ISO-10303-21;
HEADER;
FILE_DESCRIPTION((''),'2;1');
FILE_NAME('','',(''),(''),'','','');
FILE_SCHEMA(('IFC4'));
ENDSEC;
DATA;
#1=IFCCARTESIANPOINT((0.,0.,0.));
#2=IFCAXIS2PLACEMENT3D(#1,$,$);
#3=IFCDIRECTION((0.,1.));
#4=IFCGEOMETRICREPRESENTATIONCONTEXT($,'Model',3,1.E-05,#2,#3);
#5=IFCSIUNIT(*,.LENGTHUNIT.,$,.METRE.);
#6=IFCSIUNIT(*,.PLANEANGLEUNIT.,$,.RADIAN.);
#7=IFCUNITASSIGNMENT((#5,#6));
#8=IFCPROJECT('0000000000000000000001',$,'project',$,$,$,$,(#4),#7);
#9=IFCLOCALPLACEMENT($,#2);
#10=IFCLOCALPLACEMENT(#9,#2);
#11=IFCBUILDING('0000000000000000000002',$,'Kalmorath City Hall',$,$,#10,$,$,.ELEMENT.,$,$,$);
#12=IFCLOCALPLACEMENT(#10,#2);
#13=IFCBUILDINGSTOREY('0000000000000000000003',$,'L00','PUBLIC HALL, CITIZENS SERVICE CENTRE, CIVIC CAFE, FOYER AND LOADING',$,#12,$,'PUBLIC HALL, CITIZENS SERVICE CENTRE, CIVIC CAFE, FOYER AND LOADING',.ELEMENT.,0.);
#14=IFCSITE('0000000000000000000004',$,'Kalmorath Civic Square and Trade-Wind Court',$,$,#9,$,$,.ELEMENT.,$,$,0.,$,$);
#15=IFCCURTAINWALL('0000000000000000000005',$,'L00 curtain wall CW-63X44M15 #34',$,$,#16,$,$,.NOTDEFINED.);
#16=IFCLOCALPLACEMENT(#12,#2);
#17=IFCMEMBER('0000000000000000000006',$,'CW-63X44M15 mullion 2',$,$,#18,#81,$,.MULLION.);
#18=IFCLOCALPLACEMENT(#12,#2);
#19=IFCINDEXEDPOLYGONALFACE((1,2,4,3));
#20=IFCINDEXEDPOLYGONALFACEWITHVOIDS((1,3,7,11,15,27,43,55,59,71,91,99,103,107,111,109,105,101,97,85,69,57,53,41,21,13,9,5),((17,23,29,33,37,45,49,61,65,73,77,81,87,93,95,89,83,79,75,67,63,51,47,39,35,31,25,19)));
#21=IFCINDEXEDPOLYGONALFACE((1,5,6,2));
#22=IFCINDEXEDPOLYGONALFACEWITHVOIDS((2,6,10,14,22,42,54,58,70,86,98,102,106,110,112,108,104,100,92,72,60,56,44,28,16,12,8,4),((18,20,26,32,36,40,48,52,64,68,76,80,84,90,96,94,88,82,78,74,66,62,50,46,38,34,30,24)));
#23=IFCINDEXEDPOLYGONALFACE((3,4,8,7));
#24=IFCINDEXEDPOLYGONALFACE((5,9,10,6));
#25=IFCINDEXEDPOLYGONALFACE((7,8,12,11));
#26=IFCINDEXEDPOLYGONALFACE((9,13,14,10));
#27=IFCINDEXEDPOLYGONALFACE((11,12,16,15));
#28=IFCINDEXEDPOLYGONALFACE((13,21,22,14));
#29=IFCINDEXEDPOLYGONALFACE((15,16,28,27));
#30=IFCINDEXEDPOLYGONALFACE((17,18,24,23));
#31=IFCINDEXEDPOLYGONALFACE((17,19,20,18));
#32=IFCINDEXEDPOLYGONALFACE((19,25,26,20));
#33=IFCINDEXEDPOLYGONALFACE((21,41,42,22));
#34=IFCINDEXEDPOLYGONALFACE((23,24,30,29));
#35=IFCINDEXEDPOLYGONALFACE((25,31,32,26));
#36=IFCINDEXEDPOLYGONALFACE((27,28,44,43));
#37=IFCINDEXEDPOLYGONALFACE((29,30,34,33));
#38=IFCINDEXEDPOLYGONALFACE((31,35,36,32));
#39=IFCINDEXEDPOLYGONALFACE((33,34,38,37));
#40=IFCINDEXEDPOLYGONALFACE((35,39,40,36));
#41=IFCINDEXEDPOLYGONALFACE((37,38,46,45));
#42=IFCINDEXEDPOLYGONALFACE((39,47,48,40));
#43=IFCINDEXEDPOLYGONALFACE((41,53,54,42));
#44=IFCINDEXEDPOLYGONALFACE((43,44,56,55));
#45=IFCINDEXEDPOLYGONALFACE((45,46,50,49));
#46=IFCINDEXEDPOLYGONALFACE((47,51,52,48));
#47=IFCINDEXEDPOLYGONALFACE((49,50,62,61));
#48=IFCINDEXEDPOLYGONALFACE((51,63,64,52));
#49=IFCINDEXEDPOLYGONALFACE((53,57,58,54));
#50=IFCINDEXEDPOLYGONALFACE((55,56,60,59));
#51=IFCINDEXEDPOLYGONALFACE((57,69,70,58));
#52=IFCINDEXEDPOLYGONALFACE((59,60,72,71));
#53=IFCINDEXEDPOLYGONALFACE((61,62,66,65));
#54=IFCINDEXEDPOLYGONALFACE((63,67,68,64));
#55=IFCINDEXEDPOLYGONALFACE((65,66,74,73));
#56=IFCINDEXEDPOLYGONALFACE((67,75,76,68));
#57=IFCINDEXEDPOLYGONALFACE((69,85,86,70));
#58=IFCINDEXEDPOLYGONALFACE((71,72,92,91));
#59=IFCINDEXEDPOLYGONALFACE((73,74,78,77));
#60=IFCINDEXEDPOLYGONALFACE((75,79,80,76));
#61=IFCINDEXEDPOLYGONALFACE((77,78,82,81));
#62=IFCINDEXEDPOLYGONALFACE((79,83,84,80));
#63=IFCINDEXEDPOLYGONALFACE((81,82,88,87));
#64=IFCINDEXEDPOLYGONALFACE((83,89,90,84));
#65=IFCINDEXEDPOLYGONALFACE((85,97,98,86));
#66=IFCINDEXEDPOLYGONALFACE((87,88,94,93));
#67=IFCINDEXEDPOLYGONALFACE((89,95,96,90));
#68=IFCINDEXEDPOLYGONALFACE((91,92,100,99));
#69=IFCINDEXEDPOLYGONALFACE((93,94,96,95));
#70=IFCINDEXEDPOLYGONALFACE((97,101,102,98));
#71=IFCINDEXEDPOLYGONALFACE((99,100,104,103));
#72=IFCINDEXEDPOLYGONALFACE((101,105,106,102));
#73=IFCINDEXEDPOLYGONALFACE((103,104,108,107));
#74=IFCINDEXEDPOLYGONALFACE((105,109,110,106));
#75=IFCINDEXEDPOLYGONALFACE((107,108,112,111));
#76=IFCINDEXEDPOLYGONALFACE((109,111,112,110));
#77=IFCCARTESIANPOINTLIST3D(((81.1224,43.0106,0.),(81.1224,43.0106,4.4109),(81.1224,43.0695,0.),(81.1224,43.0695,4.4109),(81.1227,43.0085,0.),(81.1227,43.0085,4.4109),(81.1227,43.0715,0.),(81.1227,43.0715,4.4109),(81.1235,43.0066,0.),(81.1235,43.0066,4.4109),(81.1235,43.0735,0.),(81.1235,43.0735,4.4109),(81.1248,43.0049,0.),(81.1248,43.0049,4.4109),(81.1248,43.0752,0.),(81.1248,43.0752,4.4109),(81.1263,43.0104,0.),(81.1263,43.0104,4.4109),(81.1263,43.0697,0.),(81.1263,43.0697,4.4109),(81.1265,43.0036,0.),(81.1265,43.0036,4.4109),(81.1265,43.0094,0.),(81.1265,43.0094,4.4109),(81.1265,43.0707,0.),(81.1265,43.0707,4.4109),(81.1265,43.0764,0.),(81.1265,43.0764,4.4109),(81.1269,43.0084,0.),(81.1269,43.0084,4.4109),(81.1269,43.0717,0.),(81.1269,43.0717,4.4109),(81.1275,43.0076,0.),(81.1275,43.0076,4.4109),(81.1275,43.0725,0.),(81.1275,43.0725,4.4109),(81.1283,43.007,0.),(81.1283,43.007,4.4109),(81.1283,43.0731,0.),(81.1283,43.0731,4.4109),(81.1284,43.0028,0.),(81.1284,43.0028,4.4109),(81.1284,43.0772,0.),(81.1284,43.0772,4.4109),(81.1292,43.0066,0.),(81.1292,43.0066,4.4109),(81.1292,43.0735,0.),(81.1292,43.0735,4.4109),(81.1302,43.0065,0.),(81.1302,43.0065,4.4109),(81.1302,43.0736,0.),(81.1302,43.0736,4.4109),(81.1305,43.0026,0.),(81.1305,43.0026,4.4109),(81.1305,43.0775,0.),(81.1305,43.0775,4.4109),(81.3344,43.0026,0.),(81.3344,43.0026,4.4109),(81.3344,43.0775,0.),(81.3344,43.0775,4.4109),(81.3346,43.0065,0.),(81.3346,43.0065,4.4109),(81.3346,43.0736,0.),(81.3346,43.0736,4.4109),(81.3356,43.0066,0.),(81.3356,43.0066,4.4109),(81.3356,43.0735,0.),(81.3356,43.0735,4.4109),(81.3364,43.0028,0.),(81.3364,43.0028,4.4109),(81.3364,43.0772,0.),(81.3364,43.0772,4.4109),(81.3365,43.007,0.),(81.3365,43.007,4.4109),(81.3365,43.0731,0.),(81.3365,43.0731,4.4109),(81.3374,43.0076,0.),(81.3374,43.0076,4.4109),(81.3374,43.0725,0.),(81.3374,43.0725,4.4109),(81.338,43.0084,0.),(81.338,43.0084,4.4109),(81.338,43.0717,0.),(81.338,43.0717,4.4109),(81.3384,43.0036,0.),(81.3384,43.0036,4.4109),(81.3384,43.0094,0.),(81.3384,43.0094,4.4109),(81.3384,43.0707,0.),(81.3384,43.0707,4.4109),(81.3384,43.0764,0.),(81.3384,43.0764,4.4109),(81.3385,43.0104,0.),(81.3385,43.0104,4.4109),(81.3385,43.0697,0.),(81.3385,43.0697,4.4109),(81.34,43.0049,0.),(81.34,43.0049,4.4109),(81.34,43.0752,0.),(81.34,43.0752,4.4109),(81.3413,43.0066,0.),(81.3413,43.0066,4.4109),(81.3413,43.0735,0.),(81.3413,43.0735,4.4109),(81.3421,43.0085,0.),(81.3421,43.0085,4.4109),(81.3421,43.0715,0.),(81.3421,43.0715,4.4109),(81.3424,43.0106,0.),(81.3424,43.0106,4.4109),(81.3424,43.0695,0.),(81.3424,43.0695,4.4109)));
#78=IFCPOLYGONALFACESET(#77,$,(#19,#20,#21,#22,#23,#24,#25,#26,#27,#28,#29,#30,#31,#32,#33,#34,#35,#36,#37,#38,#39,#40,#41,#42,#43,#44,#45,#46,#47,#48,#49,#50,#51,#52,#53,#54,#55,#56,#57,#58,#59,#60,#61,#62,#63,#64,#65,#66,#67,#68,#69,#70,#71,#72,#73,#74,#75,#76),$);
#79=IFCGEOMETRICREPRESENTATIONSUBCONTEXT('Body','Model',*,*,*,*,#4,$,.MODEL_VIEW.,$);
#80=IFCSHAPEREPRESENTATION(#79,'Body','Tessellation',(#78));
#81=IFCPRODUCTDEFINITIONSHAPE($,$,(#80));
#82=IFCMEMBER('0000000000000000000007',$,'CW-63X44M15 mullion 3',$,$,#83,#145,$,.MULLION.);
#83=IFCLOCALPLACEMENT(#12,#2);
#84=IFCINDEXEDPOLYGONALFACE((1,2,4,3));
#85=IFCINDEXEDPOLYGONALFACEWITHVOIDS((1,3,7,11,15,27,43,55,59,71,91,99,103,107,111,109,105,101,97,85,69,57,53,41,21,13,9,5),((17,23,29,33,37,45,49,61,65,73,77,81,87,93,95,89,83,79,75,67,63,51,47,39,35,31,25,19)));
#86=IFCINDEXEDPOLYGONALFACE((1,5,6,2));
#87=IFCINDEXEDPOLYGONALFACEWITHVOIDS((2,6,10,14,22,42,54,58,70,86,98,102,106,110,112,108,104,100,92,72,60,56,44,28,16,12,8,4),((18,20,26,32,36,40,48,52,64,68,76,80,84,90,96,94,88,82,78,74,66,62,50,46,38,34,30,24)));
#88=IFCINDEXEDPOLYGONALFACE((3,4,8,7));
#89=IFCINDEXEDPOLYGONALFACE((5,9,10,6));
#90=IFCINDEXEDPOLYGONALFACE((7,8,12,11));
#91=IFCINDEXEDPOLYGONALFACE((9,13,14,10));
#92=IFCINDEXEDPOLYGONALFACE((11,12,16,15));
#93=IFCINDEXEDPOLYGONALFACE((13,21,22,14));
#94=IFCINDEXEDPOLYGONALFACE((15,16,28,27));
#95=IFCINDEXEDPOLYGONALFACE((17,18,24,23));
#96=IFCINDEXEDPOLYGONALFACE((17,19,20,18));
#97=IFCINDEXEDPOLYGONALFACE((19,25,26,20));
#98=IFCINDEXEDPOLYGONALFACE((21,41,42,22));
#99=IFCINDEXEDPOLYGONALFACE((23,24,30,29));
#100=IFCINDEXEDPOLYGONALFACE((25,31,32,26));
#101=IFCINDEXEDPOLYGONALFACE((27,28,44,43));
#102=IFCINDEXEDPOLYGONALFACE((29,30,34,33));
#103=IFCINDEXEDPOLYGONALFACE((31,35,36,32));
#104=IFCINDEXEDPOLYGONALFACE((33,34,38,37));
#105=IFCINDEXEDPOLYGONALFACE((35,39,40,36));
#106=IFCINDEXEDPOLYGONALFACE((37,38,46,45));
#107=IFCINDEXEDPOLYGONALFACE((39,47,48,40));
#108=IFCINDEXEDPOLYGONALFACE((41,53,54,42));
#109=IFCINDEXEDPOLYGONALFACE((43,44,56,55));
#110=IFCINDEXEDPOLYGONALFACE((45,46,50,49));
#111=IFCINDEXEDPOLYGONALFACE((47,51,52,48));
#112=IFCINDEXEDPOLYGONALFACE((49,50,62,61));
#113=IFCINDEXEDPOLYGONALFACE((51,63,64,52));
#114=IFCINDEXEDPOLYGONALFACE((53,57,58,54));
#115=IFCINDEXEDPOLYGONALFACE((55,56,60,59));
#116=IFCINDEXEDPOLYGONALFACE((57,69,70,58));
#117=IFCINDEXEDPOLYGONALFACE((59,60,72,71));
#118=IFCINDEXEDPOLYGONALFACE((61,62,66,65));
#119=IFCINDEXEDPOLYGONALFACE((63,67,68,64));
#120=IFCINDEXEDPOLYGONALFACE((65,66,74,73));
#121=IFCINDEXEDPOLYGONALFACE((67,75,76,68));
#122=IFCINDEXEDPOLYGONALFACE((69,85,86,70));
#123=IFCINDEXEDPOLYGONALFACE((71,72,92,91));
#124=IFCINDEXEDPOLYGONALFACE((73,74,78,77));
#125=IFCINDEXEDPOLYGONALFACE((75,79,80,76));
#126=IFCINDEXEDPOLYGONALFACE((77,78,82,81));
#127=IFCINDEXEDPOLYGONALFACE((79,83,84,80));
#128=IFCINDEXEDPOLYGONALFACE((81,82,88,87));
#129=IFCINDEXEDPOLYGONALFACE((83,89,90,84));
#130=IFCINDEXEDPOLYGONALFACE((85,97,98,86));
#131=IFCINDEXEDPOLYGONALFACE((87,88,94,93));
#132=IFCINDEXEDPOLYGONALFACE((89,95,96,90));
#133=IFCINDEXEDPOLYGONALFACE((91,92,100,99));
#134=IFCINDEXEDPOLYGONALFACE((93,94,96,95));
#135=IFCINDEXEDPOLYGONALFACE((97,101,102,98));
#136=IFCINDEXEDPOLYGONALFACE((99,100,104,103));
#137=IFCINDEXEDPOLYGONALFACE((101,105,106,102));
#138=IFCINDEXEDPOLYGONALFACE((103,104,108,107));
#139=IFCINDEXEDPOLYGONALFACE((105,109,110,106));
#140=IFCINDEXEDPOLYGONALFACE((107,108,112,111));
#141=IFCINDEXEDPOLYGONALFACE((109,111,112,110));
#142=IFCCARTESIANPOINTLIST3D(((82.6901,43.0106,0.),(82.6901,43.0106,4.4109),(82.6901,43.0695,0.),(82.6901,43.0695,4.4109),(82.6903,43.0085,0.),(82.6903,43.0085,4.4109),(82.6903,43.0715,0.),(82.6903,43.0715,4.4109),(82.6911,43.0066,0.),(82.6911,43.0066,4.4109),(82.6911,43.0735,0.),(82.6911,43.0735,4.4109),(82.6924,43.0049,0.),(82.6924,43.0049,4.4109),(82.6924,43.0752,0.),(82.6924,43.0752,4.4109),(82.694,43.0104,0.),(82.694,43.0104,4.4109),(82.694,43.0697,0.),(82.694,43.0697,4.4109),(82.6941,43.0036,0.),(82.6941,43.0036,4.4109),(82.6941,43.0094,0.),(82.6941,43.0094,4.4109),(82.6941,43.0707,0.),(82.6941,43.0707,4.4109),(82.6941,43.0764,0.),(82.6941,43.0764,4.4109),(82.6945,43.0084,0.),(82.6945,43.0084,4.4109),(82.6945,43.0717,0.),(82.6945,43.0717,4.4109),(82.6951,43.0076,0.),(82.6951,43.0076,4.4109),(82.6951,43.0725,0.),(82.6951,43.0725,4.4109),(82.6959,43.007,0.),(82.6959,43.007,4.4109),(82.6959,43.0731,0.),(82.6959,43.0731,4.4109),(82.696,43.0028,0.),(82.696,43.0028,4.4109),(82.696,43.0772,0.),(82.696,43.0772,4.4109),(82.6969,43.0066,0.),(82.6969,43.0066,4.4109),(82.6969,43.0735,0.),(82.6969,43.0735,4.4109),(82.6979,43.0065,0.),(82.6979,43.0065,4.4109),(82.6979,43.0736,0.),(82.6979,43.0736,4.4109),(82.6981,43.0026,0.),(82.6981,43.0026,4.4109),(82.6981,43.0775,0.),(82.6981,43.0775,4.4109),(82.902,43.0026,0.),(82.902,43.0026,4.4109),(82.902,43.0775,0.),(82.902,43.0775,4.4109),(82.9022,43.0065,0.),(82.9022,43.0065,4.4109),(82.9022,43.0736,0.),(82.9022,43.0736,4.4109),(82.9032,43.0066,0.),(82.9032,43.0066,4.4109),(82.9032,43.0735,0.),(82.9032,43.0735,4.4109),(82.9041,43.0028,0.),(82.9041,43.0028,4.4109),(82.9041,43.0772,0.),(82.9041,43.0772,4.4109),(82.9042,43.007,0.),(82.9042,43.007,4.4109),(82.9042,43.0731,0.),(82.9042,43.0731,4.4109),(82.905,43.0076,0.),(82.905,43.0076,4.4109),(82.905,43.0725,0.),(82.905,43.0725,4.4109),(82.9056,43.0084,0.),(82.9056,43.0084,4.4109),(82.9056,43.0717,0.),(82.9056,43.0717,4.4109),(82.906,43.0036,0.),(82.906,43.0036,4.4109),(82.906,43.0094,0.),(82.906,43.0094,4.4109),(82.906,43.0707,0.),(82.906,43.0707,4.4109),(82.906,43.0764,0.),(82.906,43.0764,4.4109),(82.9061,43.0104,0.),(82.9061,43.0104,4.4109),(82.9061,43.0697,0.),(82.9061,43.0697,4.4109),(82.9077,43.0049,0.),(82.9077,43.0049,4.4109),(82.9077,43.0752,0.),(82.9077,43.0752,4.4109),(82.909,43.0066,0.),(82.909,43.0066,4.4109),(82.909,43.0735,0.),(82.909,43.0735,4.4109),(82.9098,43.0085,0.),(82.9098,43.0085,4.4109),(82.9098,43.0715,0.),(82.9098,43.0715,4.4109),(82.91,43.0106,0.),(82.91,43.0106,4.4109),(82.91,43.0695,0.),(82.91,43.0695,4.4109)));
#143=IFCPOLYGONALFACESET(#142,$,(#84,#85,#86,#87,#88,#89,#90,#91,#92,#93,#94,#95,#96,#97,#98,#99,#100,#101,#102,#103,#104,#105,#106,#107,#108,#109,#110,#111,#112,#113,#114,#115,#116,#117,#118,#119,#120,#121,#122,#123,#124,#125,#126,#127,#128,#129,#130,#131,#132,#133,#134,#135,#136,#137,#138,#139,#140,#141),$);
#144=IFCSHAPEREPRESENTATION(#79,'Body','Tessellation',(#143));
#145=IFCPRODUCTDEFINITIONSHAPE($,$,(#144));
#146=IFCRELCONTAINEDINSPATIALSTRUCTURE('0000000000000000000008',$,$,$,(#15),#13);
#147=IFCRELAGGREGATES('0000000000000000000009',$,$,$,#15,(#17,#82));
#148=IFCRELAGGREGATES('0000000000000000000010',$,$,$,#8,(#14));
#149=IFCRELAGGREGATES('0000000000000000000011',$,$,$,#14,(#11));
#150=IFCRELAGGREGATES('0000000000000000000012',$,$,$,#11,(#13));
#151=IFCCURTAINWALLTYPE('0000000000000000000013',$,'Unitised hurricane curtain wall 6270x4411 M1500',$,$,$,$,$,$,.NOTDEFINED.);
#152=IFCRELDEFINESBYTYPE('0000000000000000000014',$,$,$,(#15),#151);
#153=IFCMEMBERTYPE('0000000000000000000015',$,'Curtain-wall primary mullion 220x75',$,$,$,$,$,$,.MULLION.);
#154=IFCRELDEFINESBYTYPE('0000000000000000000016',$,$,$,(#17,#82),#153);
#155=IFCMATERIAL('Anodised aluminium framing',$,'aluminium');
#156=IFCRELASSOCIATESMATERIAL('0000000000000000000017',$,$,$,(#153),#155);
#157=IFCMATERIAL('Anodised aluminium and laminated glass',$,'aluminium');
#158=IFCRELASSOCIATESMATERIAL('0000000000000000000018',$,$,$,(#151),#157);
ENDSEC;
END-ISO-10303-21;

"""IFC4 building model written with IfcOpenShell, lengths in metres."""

from ifc_helpers import new_model, si_unit, direction, frame, origin, origin_2d, place, context, subcontext, project, spatial, hollow_rectangle, extrude, material, material_profile, profile_set, type_object, element, aggregate, save


model = new_model("IFC4")

# Units and contexts
model_context = context("Model", 3, precision=1e-05, world=origin(), true_north=direction((0.0, 1.0)))
body_context = subcontext(model_context, "Body", "Model", "MODEL_VIEW")
ifc_project = project(units=[si_unit("LENGTHUNIT", "METRE"), si_unit("PLANEANGLEUNIT", "RADIAN")], contexts=[model_context])

# Site, building, storey
site_placement = place(None, origin())
site = spatial("IfcSite", under=ifc_project, at=site_placement, Name="Kalmorath Civic Square and Trade-Wind Court", CompositionType="ELEMENT", RefElevation=0.0)
building_placement = place(site_placement, origin())
building = spatial("IfcBuilding", under=site, at=building_placement, Name="Kalmorath City Hall", CompositionType="ELEMENT")
storey_placement = place(building_placement, origin())
storey = spatial("IfcBuildingStorey", under=building, at=storey_placement, Name="L00", Description="PUBLIC HALL, CITIZENS SERVICE CENTRE, CIVIC CAFE, FOYER AND LOADING", LongName="PUBLIC HALL, CITIZENS SERVICE CENTRE, CIVIC CAFE, FOYER AND LOADING", CompositionType="ELEMENT", Elevation=0.0)

# Shared definitions
ifc_material_1 = material(Name="Anodised aluminium framing", Category="aluminium")
ifc_material_profile_1 = material_profile(ifc_material_1, hollow_rectangle(XDim=0.075, YDim=0.22, WallThickness=0.0039, InnerFilletRadius=0.0039, OuterFilletRadius=0.0081, at=origin_2d()), Name="ALU-MUL-220X75X4")
ifc_profile_set_1 = profile_set([ifc_material_profile_1], Name="Anodised aluminium framing")
member_type_1 = type_object("IfcMemberType", Name="Curtain-wall primary mullion 220x75", PredefinedType="MULLION", material=ifc_profile_set_1)

# Curtain wall, members
ifc_material_2 = material(Name="Anodised aluminium and laminated glass", Category="aluminium")
curtain_wall_type_1 = type_object("IfcCurtainWallType", Name="Unitised hurricane curtain wall 6270x4411 M1500", PredefinedType="NOTDEFINED", material=ifc_material_2)
curtain_wall_1_placement = place(storey_placement, origin())
curtain_wall_1 = element("IfcCurtainWall", 1, at=curtain_wall_1_placement, inside=storey, type_object=curtain_wall_type_1, Name="L00 curtain wall CW-63X44M15 #34", PredefinedType="NOTDEFINED")
member_1_placement = place(storey_placement, frame((81.2324, 43.04, 0.0), z_axis=(0.0, 0.0, 1.0), x_axis=(0.0, 1.0, 0.0)))
member_1 = element("IfcMember", 2, at=member_1_placement, type_object=member_type_1, Name="CW-63X44M15 mullion 2", PredefinedType="MULLION", context=body_context, shape_type="SweptSolid", body=[
    extrude(hollow_rectangle(XDim=0.075, YDim=0.22, WallThickness=0.0039, InnerFilletRadius=0.0039, OuterFilletRadius=0.0081, at=origin_2d()), origin(), (0.0, 0.0, 1.0), 4.4109),
])
member_2_placement = place(storey_placement, frame((82.8, 43.04, 0.0), z_axis=(0.0, 0.0, 1.0), x_axis=(0.0, 1.0, 0.0)))
member_2 = element("IfcMember", 3, at=member_2_placement, type_object=member_type_1, Name="CW-63X44M15 mullion 3", PredefinedType="MULLION", context=body_context, shape_type="SweptSolid", body=[
    extrude(hollow_rectangle(XDim=0.075, YDim=0.22, WallThickness=0.0039, InnerFilletRadius=0.0039, OuterFilletRadius=0.0081, at=origin_2d()), origin(), (0.0, 0.0, 1.0), 4.4109),
])

aggregate(curtain_wall_1, [member_1, member_2])

save(model, "model.ifc")
